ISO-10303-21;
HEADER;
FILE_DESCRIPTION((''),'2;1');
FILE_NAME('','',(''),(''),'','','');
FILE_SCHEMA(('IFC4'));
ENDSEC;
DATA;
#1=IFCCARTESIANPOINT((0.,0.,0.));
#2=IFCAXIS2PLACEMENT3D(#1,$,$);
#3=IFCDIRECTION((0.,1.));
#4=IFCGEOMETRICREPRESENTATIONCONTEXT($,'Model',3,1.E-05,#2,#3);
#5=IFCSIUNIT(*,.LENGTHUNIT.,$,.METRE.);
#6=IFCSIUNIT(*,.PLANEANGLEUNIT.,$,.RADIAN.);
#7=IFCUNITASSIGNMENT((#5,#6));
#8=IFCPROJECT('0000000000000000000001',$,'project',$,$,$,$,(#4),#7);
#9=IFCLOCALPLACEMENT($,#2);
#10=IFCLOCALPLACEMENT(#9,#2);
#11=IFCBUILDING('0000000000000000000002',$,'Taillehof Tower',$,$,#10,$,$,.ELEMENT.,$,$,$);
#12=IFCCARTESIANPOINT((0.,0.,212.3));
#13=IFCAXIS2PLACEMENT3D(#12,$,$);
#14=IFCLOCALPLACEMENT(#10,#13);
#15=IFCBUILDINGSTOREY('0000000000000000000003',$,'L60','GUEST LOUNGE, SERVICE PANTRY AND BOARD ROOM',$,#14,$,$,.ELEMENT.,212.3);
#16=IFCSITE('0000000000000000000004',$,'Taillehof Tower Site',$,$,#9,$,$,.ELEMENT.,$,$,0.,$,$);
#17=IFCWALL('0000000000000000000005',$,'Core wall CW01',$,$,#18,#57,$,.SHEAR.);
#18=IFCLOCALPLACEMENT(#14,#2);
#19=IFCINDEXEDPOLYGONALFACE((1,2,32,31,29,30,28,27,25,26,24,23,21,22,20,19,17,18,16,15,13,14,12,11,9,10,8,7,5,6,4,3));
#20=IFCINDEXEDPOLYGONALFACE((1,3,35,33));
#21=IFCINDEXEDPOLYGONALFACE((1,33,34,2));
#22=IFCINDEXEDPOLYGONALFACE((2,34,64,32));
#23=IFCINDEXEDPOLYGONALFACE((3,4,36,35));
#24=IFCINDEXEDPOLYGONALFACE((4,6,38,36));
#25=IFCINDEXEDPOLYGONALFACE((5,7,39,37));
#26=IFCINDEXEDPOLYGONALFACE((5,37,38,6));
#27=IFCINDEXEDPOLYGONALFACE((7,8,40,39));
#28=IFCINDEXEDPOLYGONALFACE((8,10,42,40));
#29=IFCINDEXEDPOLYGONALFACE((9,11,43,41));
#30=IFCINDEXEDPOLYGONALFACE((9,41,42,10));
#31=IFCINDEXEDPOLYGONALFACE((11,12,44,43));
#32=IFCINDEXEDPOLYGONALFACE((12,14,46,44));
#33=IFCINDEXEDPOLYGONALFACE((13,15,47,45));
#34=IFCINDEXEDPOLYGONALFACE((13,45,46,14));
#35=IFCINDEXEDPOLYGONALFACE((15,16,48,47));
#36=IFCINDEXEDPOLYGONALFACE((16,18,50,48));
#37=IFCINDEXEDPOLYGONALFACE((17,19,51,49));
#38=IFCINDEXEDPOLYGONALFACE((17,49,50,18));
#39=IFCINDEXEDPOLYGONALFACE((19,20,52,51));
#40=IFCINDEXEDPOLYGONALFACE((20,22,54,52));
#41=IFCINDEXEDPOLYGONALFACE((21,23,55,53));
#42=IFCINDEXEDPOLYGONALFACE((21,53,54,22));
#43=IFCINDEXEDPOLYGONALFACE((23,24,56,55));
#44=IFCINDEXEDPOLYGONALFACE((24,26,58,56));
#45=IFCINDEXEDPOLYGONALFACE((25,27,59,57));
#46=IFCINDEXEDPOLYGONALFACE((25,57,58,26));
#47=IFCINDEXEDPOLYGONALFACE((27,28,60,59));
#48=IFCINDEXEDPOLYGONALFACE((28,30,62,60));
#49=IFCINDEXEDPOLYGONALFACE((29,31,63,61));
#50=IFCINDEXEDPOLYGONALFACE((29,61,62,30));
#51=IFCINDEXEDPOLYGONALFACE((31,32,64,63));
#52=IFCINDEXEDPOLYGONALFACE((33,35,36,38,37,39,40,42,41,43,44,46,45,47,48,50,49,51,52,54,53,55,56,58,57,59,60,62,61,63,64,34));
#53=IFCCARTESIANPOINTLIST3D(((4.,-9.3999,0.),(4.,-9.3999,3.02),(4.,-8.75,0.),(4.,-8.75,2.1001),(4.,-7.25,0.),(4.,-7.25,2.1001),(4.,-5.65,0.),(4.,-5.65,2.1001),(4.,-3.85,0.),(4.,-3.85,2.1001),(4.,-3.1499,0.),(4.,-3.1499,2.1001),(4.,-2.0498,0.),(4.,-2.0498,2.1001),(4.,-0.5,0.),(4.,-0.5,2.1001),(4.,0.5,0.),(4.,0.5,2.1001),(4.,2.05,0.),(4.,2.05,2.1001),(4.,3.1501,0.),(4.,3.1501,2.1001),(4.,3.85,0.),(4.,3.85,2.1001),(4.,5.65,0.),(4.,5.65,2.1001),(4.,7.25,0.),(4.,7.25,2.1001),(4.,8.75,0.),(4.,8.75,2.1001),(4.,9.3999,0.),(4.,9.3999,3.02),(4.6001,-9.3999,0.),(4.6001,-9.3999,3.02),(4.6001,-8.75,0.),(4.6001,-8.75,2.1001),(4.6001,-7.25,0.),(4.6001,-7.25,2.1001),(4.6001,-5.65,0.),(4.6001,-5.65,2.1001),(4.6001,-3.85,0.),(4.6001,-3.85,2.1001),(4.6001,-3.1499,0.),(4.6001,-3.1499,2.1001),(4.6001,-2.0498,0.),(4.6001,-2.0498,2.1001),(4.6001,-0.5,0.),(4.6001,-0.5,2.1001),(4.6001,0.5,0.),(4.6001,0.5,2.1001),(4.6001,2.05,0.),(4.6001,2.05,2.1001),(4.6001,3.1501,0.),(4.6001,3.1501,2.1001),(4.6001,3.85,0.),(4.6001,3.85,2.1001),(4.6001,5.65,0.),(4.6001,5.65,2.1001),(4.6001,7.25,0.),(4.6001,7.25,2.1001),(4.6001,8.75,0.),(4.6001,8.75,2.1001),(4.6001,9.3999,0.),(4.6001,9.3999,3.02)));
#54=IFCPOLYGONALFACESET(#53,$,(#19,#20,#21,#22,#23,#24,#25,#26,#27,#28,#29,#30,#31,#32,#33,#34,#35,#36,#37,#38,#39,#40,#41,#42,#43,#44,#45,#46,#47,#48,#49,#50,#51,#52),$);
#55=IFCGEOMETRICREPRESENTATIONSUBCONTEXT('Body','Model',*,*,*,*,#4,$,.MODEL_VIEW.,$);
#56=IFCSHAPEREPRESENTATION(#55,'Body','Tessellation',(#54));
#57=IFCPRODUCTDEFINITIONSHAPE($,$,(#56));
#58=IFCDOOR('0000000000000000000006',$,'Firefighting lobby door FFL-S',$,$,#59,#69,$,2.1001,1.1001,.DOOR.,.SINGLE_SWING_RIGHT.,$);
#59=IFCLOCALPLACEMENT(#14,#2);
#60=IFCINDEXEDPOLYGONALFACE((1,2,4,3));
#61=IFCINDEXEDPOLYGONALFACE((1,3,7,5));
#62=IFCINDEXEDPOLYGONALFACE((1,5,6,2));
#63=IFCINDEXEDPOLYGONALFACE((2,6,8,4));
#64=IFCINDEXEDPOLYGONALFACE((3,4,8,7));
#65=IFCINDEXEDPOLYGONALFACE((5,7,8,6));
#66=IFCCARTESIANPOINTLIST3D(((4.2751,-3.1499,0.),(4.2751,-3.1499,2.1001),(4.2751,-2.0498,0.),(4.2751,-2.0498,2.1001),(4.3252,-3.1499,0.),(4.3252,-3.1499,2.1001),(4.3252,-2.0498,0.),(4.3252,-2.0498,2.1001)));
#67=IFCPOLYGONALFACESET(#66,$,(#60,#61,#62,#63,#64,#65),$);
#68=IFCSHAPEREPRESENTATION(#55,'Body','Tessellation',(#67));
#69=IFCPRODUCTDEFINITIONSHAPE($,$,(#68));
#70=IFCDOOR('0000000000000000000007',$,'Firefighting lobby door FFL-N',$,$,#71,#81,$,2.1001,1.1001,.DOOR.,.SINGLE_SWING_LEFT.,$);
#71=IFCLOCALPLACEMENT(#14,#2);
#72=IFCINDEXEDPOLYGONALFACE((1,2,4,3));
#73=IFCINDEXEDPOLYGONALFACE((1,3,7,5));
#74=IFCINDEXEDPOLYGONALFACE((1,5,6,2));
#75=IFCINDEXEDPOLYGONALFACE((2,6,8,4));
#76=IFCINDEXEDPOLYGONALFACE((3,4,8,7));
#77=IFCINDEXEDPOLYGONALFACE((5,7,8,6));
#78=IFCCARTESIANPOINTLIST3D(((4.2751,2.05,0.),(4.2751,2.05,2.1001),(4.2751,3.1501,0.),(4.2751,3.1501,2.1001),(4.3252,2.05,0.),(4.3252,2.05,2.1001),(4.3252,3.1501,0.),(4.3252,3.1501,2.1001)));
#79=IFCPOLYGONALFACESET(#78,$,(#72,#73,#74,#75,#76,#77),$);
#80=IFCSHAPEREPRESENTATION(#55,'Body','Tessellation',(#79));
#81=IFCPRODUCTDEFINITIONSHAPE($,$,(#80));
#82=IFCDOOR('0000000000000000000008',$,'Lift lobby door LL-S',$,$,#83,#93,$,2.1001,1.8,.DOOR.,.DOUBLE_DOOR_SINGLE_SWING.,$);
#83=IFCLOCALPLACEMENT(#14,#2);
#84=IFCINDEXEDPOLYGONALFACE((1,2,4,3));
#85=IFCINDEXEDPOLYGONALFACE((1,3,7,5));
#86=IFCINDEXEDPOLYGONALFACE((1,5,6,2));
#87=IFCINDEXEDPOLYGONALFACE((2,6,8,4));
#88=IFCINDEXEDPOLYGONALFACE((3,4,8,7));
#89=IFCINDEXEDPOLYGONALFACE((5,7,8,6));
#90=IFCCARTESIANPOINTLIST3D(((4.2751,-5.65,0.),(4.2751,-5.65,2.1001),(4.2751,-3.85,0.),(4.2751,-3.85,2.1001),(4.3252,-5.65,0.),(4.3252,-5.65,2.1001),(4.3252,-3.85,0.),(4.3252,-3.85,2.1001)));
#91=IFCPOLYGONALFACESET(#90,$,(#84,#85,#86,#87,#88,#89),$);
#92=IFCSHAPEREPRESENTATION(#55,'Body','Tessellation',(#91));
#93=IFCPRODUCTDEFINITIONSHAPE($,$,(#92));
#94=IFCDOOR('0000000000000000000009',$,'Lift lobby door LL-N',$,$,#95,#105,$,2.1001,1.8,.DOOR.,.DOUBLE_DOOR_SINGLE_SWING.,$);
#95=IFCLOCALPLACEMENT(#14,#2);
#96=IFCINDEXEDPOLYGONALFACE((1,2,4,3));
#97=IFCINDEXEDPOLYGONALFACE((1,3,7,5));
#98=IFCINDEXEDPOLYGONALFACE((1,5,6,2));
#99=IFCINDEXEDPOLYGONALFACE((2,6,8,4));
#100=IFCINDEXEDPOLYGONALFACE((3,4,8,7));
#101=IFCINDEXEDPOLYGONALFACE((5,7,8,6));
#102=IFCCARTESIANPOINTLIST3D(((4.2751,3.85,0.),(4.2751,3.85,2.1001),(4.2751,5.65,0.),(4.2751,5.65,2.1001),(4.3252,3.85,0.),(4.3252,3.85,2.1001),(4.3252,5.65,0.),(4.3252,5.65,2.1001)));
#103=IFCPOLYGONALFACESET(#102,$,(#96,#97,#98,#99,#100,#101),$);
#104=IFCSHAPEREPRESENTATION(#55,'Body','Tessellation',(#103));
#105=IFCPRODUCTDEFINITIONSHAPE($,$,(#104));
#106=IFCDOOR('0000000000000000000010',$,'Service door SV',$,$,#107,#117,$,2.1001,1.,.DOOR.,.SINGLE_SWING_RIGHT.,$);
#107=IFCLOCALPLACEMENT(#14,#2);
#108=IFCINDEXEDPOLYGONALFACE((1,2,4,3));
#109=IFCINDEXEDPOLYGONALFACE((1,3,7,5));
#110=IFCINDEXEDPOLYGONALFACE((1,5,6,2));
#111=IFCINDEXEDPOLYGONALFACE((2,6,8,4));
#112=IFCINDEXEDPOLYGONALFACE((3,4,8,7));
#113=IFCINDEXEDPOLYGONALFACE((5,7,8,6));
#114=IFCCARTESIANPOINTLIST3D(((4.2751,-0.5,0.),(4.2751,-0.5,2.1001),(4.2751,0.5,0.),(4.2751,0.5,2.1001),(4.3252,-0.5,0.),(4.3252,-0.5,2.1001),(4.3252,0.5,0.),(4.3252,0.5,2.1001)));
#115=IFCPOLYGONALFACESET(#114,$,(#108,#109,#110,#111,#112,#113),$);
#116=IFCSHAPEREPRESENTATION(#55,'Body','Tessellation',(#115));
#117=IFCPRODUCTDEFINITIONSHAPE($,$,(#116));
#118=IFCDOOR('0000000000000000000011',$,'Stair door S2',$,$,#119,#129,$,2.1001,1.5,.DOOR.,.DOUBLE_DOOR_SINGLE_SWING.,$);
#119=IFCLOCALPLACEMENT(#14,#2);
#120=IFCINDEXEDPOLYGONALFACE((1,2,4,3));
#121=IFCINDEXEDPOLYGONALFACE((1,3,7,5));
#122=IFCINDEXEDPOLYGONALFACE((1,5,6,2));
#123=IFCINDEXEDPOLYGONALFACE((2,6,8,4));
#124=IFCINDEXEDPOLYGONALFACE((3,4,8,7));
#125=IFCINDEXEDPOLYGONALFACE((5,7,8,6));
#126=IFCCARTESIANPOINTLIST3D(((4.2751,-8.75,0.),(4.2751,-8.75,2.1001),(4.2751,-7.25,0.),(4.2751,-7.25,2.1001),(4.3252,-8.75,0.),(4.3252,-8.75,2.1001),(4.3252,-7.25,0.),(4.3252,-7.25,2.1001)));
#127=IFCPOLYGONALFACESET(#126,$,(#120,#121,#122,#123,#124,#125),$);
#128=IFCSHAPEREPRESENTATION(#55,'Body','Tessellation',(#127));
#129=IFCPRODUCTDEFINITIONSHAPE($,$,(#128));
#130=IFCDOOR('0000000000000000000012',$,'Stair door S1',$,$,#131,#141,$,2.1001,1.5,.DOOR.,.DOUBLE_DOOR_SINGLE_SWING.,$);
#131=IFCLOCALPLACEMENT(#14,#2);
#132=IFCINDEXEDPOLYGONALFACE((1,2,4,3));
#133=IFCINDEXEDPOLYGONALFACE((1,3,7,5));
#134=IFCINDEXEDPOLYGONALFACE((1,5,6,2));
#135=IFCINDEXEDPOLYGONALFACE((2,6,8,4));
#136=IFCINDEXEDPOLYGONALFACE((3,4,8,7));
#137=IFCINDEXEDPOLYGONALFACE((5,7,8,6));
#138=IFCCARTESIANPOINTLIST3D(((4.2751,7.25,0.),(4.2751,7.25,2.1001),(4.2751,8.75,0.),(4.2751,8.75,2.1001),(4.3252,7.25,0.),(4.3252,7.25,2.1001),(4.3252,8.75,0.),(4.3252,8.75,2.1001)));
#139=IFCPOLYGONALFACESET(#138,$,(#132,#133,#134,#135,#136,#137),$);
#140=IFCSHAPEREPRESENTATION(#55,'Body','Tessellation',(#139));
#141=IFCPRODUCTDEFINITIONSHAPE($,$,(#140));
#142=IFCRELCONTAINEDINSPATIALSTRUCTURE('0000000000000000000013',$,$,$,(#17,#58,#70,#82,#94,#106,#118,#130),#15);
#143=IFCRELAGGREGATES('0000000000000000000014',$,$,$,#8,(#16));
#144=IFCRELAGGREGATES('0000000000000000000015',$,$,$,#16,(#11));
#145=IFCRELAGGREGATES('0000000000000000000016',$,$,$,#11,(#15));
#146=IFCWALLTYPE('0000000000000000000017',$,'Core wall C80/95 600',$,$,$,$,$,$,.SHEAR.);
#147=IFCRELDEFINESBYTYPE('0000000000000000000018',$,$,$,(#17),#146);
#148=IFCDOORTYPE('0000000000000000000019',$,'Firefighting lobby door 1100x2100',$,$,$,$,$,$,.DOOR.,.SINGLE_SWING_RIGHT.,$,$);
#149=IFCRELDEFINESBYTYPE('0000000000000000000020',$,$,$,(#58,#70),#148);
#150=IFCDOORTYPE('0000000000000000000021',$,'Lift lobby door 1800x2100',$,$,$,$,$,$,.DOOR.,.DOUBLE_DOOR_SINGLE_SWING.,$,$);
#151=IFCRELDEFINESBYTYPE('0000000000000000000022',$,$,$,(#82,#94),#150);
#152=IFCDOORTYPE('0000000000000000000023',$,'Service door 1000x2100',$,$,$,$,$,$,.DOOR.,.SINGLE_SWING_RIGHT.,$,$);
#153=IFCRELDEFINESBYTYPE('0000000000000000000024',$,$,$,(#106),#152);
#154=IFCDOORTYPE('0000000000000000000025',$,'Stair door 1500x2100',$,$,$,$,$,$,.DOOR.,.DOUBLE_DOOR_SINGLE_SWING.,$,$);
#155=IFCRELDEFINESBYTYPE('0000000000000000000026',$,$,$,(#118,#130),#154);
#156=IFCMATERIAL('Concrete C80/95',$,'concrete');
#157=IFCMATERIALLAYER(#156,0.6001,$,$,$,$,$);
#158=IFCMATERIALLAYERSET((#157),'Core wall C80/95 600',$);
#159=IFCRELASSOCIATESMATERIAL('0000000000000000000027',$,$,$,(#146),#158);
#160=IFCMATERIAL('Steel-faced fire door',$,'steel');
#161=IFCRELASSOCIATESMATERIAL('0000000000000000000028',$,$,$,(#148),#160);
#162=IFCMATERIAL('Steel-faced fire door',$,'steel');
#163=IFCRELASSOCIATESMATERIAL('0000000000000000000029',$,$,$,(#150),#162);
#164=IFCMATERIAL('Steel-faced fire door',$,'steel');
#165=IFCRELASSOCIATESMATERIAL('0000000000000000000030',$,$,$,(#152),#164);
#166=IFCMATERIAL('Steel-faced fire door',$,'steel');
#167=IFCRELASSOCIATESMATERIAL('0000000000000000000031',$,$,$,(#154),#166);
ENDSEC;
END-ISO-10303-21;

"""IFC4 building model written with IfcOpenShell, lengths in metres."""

from ifc_helpers import new_model, si_unit, direction, frame, frame_2d, origin, place, context, subcontext, project, spatial, rectangle, extrude, material, layer, layer_set, type_object, element, fill, save


model = new_model("IFC4")

# Units and contexts
model_context = context("Model", 3, precision=1e-05, world=origin(), true_north=direction((0.0, 1.0)))
body_context = subcontext(model_context, "Body", "Model", "MODEL_VIEW")
ifc_project = project(units=[si_unit("LENGTHUNIT", "METRE"), si_unit("PLANEANGLEUNIT", "RADIAN")], contexts=[model_context])

# Site, building, storey
site_placement = place(None, origin())
site = spatial("IfcSite", under=ifc_project, at=site_placement, Name="Taillehof Tower Site", CompositionType="ELEMENT", RefElevation=0.0)
building_placement = place(site_placement, origin())
building = spatial("IfcBuilding", under=site, at=building_placement, Name="Taillehof Tower", CompositionType="ELEMENT")
storey_placement = place(building_placement, frame((0.0, 0.0, 212.3)))
storey = spatial("IfcBuildingStorey", under=building, at=storey_placement, Name="L60", Description="GUEST LOUNGE, SERVICE PANTRY AND BOARD ROOM", CompositionType="ELEMENT", Elevation=212.3)

# Wall, openings, doors
ifc_material_1 = material(Name="Concrete C80/95", Category="concrete")
ifc_layer_1 = layer(ifc_material_1, 0.6001)
ifc_layer_set_1 = layer_set([ifc_layer_1], Name="Core wall C80/95 600")
wall_type_1 = type_object("IfcWallType", Name="Core wall C80/95 600", PredefinedType="SHEAR", material=ifc_layer_set_1)
wall_1_placement = place(storey_placement, frame((4.3, -9.3999, 0.0), z_axis=(0.0, 0.0, 1.0), x_axis=(0.0, 1.0, 0.0)))
wall_1 = element("IfcWall", 1, at=wall_1_placement, inside=storey, type_object=wall_type_1, Name="Core wall CW01", PredefinedType="SHEAR", context=body_context, shape_type="SweptSolid", body=[
    extrude(rectangle(XDim=18.7998, YDim=0.6001, at=frame_2d((9.3999, 0.0))), origin(), (0.0, 0.0, 1.0), 3.02),
])
opening_1_placement = place(wall_1_placement, frame((0.6499, 0.0, 0.0)))
opening_1 = element("IfcOpeningElement", 2, at=opening_1_placement, cuts=wall_1, PredefinedType="OPENING", context=body_context, shape_type="SweptSolid", body=[
    extrude(rectangle(XDim=1.5, YDim=2.1001, at=frame_2d((0.75, 1.05))), frame((0.0, 0.3101, 0.0), z_axis=(0.0, -1.0, 0.0), x_axis=(1.0, 0.0, 0.0)), (0.0, 0.0, 1.0), 0.6201),
])
opening_2_placement = place(wall_1_placement, frame((3.75, 0.0, 0.0)))
opening_2 = element("IfcOpeningElement", 3, at=opening_2_placement, cuts=wall_1, PredefinedType="OPENING", context=body_context, shape_type="SweptSolid", body=[
    extrude(rectangle(XDim=1.8, YDim=2.1001, at=frame_2d((0.8999, 1.05))), frame((0.0, 0.3101, 0.0), z_axis=(0.0, -1.0, 0.0), x_axis=(1.0, 0.0, 0.0)), (0.0, 0.0, 1.0), 0.6201),
])
opening_3_placement = place(wall_1_placement, frame((6.25, 0.0, 0.0)))
opening_3 = element("IfcOpeningElement", 4, at=opening_3_placement, cuts=wall_1, PredefinedType="OPENING", context=body_context, shape_type="SweptSolid", body=[
    extrude(rectangle(XDim=1.1001, YDim=2.1001, at=frame_2d((0.55, 1.05))), frame((0.0, 0.3101, 0.0), z_axis=(0.0, -1.0, 0.0), x_axis=(1.0, 0.0, 0.0)), (0.0, 0.0, 1.0), 0.6201),
])
opening_4_placement = place(wall_1_placement, frame((8.8999, 0.0, 0.0)))
opening_4 = element("IfcOpeningElement", 5, at=opening_4_placement, cuts=wall_1, PredefinedType="OPENING", context=body_context, shape_type="SweptSolid", body=[
    extrude(rectangle(XDim=1.0, YDim=2.1001, at=frame_2d((0.5, 1.05))), frame((0.0, 0.3101, 0.0), z_axis=(0.0, -1.0, 0.0), x_axis=(1.0, 0.0, 0.0)), (0.0, 0.0, 1.0), 0.6201),
])
opening_5_placement = place(wall_1_placement, frame((11.45, 0.0, 0.0)))
opening_5 = element("IfcOpeningElement", 6, at=opening_5_placement, cuts=wall_1, PredefinedType="OPENING", context=body_context, shape_type="SweptSolid", body=[
    extrude(rectangle(XDim=1.1001, YDim=2.1001, at=frame_2d((0.55, 1.05))), frame((0.0, 0.3101, 0.0), z_axis=(0.0, -1.0, 0.0), x_axis=(1.0, 0.0, 0.0)), (0.0, 0.0, 1.0), 0.6201),
])
opening_6_placement = place(wall_1_placement, frame((13.25, 0.0, 0.0)))
opening_6 = element("IfcOpeningElement", 7, at=opening_6_placement, cuts=wall_1, PredefinedType="OPENING", context=body_context, shape_type="SweptSolid", body=[
    extrude(rectangle(XDim=1.8, YDim=2.1001, at=frame_2d((0.8999, 1.05))), frame((0.0, 0.3101, 0.0), z_axis=(0.0, -1.0, 0.0), x_axis=(1.0, 0.0, 0.0)), (0.0, 0.0, 1.0), 0.6201),
])
opening_7_placement = place(wall_1_placement, frame((16.6499, 0.0, 0.0)))
opening_7 = element("IfcOpeningElement", 8, at=opening_7_placement, cuts=wall_1, PredefinedType="OPENING", context=body_context, shape_type="SweptSolid", body=[
    extrude(rectangle(XDim=1.5, YDim=2.1001, at=frame_2d((0.75, 1.05))), frame((0.0, 0.3101, 0.0), z_axis=(0.0, -1.0, 0.0), x_axis=(1.0, 0.0, 0.0)), (0.0, 0.0, 1.0), 0.6201),
])
ifc_material_2 = material(Name="Steel-faced fire door", Category="steel")
door_type_1 = type_object("IfcDoorType", Name="Firefighting lobby door 1100x2100", OperationType="SINGLE_SWING_RIGHT", PredefinedType="DOOR", material=ifc_material_2)
door_1_placement = place(opening_3_placement, origin())
door_1 = element("IfcDoor", 9, at=door_1_placement, inside=storey, type_object=door_type_1, Name="Firefighting lobby door FFL-S", OperationType="SINGLE_SWING_RIGHT", OverallHeight=2.1001, OverallWidth=1.1001, PredefinedType="DOOR", context=body_context, shape_type="SweptSolid", body=[
    extrude(rectangle(XDim=1.1001, YDim=2.1001, at=frame_2d((0.55, 1.05))), frame((0.0, 0.0249, 0.0), z_axis=(0.0, -1.0, 0.0), x_axis=(1.0, 0.0, 0.0)), (0.0, 0.0, 1.0), 0.05),
])
fill(opening_3, door_1)
door_2_placement = place(opening_5_placement, origin())
door_2 = element("IfcDoor", 10, at=door_2_placement, inside=storey, type_object=door_type_1, Name="Firefighting lobby door FFL-N", OperationType="SINGLE_SWING_LEFT", OverallHeight=2.1001, OverallWidth=1.1001, PredefinedType="DOOR", context=body_context, shape_type="SweptSolid", body=[
    extrude(rectangle(XDim=1.1001, YDim=2.1001, at=frame_2d((0.55, 1.05))), frame((0.0, 0.0249, 0.0), z_axis=(0.0, -1.0, 0.0), x_axis=(1.0, 0.0, 0.0)), (0.0, 0.0, 1.0), 0.05),
])
fill(opening_5, door_2)
ifc_material_3 = material(Name="Steel-faced fire door", Category="steel")
door_type_2 = type_object("IfcDoorType", Name="Lift lobby door 1800x2100", OperationType="DOUBLE_DOOR_SINGLE_SWING", PredefinedType="DOOR", material=ifc_material_3)
door_3_placement = place(opening_2_placement, origin())
door_3 = element("IfcDoor", 11, at=door_3_placement, inside=storey, type_object=door_type_2, Name="Lift lobby door LL-S", OperationType="DOUBLE_DOOR_SINGLE_SWING", OverallHeight=2.1001, OverallWidth=1.8, PredefinedType="DOOR", context=body_context, shape_type="SweptSolid", body=[
    extrude(rectangle(XDim=1.8, YDim=2.1001, at=frame_2d((0.8999, 1.05))), frame((0.0, 0.0249, 0.0), z_axis=(0.0, -1.0, 0.0), x_axis=(1.0, 0.0, 0.0)), (0.0, 0.0, 1.0), 0.05),
])
fill(opening_2, door_3)
door_4_placement = place(opening_6_placement, origin())
door_4 = element("IfcDoor", 12, at=door_4_placement, inside=storey, type_object=door_type_2, Name="Lift lobby door LL-N", OperationType="DOUBLE_DOOR_SINGLE_SWING", OverallHeight=2.1001, OverallWidth=1.8, PredefinedType="DOOR", context=body_context, shape_type="SweptSolid", body=[
    extrude(rectangle(XDim=1.8, YDim=2.1001, at=frame_2d((0.8999, 1.05))), frame((0.0, 0.0249, 0.0), z_axis=(0.0, -1.0, 0.0), x_axis=(1.0, 0.0, 0.0)), (0.0, 0.0, 1.0), 0.05),
])
fill(opening_6, door_4)
ifc_material_4 = material(Name="Steel-faced fire door", Category="steel")
door_type_3 = type_object("IfcDoorType", Name="Service door 1000x2100", OperationType="SINGLE_SWING_RIGHT", PredefinedType="DOOR", material=ifc_material_4)
door_5_placement = place(opening_4_placement, origin())
door_5 = element("IfcDoor", 13, at=door_5_placement, inside=storey, type_object=door_type_3, Name="Service door SV", OperationType="SINGLE_SWING_RIGHT", OverallHeight=2.1001, OverallWidth=1.0, PredefinedType="DOOR", context=body_context, shape_type="SweptSolid", body=[
    extrude(rectangle(XDim=1.0, YDim=2.1001, at=frame_2d((0.5, 1.05))), frame((0.0, 0.0249, 0.0), z_axis=(0.0, -1.0, 0.0), x_axis=(1.0, 0.0, 0.0)), (0.0, 0.0, 1.0), 0.05),
])
fill(opening_4, door_5)
ifc_material_5 = material(Name="Steel-faced fire door", Category="steel")
door_type_4 = type_object("IfcDoorType", Name="Stair door 1500x2100", OperationType="DOUBLE_DOOR_SINGLE_SWING", PredefinedType="DOOR", material=ifc_material_5)
door_6_placement = place(opening_1_placement, origin())
door_6 = element("IfcDoor", 14, at=door_6_placement, inside=storey, type_object=door_type_4, Name="Stair door S2", OperationType="DOUBLE_DOOR_SINGLE_SWING", OverallHeight=2.1001, OverallWidth=1.5, PredefinedType="DOOR", context=body_context, shape_type="SweptSolid", body=[
    extrude(rectangle(XDim=1.5, YDim=2.1001, at=frame_2d((0.75, 1.05))), frame((0.0, 0.0249, 0.0), z_axis=(0.0, -1.0, 0.0), x_axis=(1.0, 0.0, 0.0)), (0.0, 0.0, 1.0), 0.05),
])
fill(opening_1, door_6)
door_7_placement = place(opening_7_placement, origin())
door_7 = element("IfcDoor", 15, at=door_7_placement, inside=storey, type_object=door_type_4, Name="Stair door S1", OperationType="DOUBLE_DOOR_SINGLE_SWING", OverallHeight=2.1001, OverallWidth=1.5, PredefinedType="DOOR", context=body_context, shape_type="SweptSolid", body=[
    extrude(rectangle(XDim=1.5, YDim=2.1001, at=frame_2d((0.75, 1.05))), frame((0.0, 0.0249, 0.0), z_axis=(0.0, -1.0, 0.0), x_axis=(1.0, 0.0, 0.0)), (0.0, 0.0, 1.0), 0.05),
])
fill(opening_7, door_7)

save(model, "model.ifc")
